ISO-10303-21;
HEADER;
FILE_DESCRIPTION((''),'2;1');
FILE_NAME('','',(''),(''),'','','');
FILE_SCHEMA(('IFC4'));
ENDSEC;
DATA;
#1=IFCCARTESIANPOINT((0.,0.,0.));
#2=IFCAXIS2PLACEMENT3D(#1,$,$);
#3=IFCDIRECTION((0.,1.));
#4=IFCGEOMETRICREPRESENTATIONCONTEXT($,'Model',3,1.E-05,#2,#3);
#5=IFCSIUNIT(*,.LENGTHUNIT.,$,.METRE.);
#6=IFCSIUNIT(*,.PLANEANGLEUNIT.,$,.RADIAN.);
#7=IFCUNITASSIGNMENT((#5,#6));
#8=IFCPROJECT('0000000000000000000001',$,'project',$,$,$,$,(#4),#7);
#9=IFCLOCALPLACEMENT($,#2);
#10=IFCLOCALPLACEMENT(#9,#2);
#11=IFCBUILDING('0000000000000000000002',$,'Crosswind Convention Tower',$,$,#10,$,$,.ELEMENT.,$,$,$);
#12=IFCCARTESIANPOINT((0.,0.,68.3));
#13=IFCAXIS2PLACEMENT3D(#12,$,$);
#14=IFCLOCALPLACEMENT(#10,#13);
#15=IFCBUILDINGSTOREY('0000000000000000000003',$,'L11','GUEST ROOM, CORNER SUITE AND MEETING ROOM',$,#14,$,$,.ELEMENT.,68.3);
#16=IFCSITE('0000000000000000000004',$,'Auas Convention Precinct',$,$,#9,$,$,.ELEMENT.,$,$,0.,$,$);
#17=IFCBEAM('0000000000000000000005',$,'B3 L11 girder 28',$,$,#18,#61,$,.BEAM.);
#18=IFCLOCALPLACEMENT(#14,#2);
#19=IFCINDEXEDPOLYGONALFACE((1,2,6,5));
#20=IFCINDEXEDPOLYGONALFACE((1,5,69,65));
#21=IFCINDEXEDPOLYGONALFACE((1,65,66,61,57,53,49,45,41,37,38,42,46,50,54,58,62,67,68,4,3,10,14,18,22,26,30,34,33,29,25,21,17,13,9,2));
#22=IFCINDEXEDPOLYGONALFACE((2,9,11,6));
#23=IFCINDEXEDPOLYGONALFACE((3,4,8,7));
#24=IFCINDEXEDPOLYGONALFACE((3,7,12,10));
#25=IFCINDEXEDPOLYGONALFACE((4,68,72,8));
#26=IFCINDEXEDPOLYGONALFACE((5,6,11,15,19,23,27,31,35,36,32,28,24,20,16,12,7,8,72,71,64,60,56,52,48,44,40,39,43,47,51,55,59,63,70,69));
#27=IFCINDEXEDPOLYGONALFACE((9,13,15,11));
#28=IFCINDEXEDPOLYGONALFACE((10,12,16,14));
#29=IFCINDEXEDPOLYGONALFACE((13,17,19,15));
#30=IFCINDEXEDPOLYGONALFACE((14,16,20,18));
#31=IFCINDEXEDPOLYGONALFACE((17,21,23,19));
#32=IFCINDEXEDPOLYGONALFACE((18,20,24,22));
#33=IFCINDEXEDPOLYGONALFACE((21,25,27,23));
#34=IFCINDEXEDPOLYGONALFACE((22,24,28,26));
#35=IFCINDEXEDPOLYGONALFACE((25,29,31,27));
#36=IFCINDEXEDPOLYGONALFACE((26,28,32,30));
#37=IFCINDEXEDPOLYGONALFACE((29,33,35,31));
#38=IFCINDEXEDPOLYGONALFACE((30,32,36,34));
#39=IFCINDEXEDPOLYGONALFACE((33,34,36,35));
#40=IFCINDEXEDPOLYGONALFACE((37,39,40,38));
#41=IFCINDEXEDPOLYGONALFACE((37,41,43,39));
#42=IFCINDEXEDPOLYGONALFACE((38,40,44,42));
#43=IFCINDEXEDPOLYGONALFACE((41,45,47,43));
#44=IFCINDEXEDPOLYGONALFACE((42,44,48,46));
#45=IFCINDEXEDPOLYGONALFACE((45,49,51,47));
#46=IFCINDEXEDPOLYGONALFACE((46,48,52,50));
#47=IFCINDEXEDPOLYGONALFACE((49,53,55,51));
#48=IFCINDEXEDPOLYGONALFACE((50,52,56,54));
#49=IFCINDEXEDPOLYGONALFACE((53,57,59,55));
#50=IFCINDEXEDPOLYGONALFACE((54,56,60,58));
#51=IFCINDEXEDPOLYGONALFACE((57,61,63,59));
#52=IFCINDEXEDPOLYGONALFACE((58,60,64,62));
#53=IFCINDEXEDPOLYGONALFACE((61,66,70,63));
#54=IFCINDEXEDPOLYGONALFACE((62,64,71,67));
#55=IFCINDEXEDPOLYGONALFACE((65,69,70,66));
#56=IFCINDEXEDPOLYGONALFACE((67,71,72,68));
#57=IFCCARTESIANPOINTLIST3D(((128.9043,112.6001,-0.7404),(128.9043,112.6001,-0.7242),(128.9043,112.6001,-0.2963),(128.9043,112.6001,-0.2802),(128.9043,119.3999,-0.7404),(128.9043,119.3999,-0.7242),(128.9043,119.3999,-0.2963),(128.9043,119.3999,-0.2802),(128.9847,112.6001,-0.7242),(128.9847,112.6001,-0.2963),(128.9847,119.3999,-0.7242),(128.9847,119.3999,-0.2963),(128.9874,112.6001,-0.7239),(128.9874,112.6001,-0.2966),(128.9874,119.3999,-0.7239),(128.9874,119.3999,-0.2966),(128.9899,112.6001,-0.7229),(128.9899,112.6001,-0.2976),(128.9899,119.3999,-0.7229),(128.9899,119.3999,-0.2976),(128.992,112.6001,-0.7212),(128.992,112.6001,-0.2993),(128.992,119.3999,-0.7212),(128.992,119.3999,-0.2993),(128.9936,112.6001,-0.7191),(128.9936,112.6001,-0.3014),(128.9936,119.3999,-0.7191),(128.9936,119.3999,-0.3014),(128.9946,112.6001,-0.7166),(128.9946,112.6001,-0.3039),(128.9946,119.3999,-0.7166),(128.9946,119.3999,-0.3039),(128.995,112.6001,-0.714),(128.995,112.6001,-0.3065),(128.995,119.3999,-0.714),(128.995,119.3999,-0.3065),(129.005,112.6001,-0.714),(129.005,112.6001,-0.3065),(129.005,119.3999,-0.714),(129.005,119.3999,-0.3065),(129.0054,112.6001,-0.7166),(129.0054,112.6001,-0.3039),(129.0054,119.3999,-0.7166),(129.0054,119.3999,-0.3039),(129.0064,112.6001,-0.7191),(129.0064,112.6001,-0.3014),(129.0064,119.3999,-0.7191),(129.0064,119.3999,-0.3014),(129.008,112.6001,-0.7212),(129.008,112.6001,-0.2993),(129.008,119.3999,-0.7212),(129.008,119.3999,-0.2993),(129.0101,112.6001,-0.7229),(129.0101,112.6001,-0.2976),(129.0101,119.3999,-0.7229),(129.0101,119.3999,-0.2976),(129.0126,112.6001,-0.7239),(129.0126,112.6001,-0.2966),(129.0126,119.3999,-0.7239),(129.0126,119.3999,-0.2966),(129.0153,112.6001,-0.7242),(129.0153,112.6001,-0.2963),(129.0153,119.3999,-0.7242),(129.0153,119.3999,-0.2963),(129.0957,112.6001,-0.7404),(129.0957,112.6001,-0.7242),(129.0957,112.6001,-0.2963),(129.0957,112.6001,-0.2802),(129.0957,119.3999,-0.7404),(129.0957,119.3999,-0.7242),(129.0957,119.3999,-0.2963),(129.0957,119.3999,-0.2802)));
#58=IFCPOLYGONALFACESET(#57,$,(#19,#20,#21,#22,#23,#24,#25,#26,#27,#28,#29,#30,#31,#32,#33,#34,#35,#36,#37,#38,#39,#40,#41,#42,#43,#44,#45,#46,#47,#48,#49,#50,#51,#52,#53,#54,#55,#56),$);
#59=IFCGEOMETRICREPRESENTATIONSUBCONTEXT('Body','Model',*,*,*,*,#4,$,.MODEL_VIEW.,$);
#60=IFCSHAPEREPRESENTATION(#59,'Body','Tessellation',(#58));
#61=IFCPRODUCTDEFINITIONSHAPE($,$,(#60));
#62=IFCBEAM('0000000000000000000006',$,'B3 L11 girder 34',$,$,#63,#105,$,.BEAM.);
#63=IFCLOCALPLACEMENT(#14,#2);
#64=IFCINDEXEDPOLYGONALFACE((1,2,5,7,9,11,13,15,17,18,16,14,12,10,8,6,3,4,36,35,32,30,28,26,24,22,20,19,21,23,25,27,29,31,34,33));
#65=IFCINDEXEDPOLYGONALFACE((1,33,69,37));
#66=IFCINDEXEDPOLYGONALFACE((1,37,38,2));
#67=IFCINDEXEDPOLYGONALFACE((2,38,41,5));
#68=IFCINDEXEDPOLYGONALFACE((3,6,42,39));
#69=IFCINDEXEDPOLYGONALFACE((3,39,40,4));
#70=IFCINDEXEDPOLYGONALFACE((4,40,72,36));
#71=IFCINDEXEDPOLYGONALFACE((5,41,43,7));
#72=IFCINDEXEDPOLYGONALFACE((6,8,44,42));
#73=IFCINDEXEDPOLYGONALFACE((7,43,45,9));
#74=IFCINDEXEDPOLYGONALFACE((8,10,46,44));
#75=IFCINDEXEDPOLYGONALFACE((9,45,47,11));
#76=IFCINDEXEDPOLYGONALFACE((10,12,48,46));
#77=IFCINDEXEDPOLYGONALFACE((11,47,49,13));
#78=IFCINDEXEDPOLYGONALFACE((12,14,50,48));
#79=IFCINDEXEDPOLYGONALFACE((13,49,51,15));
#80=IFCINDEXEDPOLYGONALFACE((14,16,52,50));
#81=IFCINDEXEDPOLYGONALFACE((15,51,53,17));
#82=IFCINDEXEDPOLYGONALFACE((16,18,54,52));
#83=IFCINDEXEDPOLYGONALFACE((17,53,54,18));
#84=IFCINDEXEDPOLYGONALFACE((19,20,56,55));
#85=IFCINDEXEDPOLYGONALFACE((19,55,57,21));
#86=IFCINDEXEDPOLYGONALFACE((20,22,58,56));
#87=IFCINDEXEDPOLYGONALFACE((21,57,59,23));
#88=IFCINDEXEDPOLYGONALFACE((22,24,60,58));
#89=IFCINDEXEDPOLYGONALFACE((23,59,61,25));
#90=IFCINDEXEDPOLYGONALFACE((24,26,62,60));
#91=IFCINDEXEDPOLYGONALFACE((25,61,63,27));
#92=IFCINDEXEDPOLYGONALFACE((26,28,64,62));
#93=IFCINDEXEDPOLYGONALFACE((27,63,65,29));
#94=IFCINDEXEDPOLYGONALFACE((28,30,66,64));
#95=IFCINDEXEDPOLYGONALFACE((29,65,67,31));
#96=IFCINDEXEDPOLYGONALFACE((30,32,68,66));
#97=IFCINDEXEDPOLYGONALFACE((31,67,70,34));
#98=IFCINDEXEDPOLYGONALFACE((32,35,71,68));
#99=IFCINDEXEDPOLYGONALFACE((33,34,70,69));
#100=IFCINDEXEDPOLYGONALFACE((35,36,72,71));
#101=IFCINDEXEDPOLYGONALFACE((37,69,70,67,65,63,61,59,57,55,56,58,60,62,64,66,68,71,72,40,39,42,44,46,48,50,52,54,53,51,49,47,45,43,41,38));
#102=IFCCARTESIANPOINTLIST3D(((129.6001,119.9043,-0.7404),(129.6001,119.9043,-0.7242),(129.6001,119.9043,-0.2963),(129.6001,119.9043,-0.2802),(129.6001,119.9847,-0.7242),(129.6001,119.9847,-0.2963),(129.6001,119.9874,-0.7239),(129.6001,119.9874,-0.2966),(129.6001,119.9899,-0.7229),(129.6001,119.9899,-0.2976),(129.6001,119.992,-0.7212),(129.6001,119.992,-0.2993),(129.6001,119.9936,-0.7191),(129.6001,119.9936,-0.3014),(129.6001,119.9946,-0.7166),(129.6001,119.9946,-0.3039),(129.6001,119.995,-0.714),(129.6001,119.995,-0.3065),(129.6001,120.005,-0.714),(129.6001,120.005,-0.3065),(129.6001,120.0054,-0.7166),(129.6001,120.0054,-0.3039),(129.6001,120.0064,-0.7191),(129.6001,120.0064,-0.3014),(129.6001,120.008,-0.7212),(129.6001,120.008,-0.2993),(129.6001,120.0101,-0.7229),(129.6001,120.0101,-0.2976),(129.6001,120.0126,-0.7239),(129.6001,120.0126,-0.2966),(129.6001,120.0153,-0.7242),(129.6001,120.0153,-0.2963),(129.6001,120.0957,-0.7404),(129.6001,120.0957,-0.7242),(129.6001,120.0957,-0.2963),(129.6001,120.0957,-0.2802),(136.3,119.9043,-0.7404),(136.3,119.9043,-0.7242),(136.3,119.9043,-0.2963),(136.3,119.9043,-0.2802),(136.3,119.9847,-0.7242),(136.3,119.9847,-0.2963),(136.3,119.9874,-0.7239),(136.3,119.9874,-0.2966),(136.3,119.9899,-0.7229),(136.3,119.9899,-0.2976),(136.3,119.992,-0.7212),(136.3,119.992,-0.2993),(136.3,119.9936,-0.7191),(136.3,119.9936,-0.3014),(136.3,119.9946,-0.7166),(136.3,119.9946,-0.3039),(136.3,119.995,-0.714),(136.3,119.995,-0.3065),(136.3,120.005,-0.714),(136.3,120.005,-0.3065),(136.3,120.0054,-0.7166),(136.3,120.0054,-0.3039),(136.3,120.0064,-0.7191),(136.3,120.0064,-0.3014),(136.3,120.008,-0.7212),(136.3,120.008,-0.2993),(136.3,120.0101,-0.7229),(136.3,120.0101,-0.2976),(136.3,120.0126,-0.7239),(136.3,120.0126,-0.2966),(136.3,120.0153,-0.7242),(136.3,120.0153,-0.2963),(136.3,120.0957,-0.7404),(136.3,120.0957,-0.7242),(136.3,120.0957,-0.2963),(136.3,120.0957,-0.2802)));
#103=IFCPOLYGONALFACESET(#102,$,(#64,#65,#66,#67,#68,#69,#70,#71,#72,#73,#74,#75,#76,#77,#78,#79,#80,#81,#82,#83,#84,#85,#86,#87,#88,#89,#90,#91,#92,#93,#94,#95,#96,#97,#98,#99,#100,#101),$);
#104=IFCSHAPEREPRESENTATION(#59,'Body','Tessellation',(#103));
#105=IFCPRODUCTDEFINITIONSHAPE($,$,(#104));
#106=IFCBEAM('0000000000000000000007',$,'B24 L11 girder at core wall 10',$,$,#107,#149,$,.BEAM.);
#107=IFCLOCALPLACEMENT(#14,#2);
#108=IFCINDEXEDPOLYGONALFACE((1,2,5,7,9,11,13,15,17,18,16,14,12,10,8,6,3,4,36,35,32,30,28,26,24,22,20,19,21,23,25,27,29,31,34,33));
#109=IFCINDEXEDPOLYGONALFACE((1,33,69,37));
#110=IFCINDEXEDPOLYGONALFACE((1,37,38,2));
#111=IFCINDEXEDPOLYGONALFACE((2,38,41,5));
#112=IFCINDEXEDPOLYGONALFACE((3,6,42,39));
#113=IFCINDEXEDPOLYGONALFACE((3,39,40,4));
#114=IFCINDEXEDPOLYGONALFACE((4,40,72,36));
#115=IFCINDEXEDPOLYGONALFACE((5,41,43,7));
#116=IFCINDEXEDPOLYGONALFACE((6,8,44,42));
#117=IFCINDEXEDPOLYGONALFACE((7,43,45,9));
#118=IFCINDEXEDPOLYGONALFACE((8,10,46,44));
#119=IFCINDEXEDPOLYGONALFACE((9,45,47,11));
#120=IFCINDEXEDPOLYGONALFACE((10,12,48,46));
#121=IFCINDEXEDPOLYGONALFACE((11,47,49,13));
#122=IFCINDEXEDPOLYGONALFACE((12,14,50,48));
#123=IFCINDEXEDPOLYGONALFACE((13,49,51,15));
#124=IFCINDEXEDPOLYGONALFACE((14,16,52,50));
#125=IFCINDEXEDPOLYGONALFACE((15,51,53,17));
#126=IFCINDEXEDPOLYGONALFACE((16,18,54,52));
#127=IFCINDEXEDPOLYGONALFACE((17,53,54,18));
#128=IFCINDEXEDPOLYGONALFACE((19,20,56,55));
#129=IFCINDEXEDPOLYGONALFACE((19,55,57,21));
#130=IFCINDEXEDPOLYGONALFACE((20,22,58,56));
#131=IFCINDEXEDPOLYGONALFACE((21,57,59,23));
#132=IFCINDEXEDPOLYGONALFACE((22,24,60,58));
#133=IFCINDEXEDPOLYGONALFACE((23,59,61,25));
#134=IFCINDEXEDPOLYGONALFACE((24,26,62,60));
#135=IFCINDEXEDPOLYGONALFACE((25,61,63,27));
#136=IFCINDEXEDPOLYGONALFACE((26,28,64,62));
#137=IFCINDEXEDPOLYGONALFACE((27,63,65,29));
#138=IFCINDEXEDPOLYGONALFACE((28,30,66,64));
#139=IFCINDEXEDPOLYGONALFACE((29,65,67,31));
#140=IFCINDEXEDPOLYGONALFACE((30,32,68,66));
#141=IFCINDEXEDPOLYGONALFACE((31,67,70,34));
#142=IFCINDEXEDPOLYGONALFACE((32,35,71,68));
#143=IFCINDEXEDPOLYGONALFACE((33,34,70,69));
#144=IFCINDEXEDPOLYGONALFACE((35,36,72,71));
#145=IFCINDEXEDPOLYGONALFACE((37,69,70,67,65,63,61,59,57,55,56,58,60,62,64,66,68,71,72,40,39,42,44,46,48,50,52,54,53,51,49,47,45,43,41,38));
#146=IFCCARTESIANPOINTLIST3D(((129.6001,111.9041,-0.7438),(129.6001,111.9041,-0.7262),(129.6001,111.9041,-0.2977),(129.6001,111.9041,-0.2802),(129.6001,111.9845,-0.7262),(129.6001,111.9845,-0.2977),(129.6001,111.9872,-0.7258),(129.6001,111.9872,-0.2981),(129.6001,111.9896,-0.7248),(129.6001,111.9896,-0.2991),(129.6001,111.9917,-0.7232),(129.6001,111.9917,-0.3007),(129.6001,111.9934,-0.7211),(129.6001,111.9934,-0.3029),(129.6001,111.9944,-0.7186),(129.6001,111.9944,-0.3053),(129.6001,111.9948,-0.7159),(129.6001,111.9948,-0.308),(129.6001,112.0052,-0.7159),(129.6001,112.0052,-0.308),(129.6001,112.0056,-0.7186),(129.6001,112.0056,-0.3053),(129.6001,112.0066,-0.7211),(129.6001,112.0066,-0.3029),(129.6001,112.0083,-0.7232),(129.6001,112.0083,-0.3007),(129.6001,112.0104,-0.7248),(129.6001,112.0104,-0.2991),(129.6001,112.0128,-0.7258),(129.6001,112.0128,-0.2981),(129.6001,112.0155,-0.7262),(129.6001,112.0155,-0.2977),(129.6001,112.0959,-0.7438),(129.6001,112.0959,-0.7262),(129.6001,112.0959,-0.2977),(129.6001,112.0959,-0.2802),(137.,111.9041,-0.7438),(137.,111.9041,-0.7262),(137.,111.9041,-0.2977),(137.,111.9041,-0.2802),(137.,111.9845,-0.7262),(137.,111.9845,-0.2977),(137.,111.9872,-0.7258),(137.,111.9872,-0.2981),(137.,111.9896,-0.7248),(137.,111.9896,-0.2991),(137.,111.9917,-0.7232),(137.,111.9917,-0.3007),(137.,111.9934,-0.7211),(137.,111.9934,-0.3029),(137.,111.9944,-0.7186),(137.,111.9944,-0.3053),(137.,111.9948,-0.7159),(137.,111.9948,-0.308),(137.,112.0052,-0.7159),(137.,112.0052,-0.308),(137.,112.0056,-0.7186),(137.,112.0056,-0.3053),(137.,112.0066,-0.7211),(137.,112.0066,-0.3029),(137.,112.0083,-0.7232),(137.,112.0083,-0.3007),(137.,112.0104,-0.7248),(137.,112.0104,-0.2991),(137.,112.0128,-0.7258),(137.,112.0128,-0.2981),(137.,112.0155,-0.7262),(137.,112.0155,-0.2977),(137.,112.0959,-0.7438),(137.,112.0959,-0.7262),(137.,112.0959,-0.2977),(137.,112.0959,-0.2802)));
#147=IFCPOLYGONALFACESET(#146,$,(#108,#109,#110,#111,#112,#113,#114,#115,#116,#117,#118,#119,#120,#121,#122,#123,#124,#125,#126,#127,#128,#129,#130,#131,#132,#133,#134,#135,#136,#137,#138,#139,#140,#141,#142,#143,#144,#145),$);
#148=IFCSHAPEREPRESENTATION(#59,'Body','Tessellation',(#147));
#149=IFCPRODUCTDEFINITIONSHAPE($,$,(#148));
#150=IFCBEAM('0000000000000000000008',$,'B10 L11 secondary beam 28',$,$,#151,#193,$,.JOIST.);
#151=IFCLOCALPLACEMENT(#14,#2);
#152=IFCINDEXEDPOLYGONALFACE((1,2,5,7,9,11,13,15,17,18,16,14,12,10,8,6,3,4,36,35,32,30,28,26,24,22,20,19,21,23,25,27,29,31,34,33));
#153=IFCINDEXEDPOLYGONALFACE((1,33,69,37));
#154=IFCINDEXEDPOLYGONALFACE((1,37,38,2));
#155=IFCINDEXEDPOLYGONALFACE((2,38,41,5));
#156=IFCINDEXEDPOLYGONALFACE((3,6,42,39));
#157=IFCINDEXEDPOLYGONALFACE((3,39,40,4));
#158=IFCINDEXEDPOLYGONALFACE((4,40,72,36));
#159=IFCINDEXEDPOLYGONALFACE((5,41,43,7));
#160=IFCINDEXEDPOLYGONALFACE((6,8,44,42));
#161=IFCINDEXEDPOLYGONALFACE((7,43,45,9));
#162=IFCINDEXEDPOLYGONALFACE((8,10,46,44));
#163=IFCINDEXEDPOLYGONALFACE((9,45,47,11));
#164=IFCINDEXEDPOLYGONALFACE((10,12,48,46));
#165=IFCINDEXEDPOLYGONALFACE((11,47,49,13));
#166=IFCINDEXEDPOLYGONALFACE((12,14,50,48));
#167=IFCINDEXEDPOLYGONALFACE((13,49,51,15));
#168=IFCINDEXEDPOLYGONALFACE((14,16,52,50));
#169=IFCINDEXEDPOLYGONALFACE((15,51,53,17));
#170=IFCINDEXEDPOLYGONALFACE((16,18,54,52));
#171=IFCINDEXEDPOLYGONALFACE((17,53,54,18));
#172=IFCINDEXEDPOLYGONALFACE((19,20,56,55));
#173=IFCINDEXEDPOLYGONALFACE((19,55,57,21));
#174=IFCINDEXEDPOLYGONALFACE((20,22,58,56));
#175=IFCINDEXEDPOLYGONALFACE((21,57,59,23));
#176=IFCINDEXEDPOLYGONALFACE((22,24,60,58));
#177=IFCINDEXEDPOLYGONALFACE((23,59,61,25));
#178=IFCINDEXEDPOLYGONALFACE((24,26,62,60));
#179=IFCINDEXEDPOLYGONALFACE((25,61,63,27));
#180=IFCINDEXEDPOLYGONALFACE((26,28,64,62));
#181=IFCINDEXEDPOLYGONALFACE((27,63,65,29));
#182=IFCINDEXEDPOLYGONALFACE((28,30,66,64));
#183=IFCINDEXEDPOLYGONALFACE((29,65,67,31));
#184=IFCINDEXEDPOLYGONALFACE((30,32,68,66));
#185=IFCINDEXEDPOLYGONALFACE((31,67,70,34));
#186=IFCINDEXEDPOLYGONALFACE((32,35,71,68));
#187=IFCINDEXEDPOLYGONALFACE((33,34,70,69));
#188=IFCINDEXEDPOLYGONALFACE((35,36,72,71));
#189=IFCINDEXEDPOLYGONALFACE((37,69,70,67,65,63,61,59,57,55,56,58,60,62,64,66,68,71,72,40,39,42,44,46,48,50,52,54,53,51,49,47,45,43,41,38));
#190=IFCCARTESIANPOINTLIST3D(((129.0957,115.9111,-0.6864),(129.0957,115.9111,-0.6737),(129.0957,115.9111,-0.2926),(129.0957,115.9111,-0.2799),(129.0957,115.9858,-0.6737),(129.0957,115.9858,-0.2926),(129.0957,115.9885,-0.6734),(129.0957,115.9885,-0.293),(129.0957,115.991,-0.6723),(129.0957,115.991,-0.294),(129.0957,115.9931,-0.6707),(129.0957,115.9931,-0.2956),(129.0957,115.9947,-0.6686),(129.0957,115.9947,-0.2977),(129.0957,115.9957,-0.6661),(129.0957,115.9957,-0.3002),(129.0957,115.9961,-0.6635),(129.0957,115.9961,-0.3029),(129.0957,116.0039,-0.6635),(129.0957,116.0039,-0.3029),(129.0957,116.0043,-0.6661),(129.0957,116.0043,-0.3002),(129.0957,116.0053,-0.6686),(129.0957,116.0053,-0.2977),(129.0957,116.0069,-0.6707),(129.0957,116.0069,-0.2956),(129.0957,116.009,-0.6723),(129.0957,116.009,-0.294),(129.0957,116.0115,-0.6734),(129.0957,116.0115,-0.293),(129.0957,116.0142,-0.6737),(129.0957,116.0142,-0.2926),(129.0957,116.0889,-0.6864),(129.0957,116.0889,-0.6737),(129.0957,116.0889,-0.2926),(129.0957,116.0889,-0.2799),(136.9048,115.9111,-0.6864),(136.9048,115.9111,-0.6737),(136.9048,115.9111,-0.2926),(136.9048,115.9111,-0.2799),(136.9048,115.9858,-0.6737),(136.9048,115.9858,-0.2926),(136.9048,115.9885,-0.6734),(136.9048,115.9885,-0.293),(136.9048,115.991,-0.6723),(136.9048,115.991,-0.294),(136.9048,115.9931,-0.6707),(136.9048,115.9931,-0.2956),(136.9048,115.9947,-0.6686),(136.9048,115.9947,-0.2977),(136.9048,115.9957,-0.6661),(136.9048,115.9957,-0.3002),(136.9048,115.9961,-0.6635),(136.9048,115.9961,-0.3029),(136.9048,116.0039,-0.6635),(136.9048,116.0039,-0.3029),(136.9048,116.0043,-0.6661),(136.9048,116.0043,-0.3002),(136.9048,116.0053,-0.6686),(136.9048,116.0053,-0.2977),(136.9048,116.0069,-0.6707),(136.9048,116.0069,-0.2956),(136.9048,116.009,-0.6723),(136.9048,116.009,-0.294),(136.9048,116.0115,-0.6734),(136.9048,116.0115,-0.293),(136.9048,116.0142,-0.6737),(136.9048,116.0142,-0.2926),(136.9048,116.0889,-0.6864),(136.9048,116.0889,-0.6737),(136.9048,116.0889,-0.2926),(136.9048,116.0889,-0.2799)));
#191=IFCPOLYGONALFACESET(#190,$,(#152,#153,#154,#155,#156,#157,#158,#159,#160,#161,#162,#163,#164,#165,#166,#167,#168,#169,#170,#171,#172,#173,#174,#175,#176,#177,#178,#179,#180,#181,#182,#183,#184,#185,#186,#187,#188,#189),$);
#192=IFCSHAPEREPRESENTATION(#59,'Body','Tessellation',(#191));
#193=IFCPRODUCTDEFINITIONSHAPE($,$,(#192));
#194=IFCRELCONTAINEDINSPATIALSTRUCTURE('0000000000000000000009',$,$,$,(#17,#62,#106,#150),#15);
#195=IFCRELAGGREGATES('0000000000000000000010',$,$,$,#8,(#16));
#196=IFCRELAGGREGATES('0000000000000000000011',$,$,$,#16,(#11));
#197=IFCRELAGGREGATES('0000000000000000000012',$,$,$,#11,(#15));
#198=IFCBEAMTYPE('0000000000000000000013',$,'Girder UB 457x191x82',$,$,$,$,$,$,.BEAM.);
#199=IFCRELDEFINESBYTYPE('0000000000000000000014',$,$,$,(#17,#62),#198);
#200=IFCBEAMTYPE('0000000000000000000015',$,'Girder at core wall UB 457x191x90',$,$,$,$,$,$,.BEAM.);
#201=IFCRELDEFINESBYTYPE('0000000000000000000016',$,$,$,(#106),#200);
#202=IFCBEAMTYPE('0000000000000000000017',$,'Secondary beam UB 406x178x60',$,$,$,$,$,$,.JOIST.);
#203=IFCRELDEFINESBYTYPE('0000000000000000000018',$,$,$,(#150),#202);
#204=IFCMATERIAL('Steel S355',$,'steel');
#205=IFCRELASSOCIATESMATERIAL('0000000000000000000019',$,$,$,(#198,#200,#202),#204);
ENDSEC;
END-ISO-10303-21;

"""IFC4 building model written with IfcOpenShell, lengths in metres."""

from ifc_helpers import new_model, si_unit, direction, frame, origin, origin_2d, place, context, subcontext, project, spatial, i_section, extrude, material, material_profile, profile_set, type_object, element, save


model = new_model("IFC4")

# Units and contexts
model_context = context("Model", 3, precision=1e-05, world=origin(), true_north=direction((0.0, 1.0)))
body_context = subcontext(model_context, "Body", "Model", "MODEL_VIEW")
ifc_project = project(units=[si_unit("LENGTHUNIT", "METRE"), si_unit("PLANEANGLEUNIT", "RADIAN")], contexts=[model_context])

# Site, building, storey
site_placement = place(None, origin())
site = spatial("IfcSite", under=ifc_project, at=site_placement, Name="Auas Convention Precinct", CompositionType="ELEMENT", RefElevation=0.0)
building_placement = place(site_placement, origin())
building = spatial("IfcBuilding", under=site, at=building_placement, Name="Crosswind Convention Tower", CompositionType="ELEMENT")
storey_placement = place(building_placement, frame((0.0, 0.0, 68.3)))
storey = spatial("IfcBuildingStorey", under=building, at=storey_placement, Name="L11", Description="GUEST ROOM, CORNER SUITE AND MEETING ROOM", CompositionType="ELEMENT", Elevation=68.3)

# Beams
ifc_material_1 = material(Name="Steel S355", Category="steel")
ifc_material_profile_1 = material_profile(ifc_material_1, i_section(OverallWidth=0.1914, OverallDepth=0.4602, WebThickness=0.01, FlangeThickness=0.0161, FilletRadius=0.0103, at=origin_2d()), Name="UB 457x191x82")
ifc_profile_set_1 = profile_set([ifc_material_profile_1], Name="Steel S355")
beam_type_1 = type_object("IfcBeamType", Name="Girder UB 457x191x82", PredefinedType="BEAM", material=ifc_profile_set_1)
for number, where, z_axis, x_axis, name in (
    (1, (129.0, 112.6001, -0.5103), (0.0, 1.0, 0.0), (-1.0, 0.0, 0.0), "B3 L11 girder 28"),
):
    element("IfcBeam", number, at=place(storey_placement, frame(where, z_axis=z_axis, x_axis=x_axis)), inside=storey, type_object=beam_type_1, Name=name, PredefinedType="BEAM", context=body_context, shape_type="SweptSolid", body=[
        extrude(i_section(OverallWidth=0.1914, OverallDepth=0.4602, WebThickness=0.01, FlangeThickness=0.0161, FilletRadius=0.0103, at=origin_2d()), origin(), (0.0, 0.0, 1.0), 6.7998),
    ])
beam_1_placement = place(storey_placement, frame((129.6001, 120.0, -0.5103), z_axis=(1.0, 0.0, 0.0), x_axis=(0.0, 1.0, 0.0)))
element("IfcBeam", 2, at=beam_1_placement, inside=storey, type_object=beam_type_1, Name="B3 L11 girder 34", PredefinedType="BEAM", context=body_context, shape_type="SweptSolid", body=[
    extrude(i_section(OverallWidth=0.1914, OverallDepth=0.4602, WebThickness=0.01, FlangeThickness=0.0161, FilletRadius=0.0103, at=origin_2d()), origin(), (0.0, 0.0, 1.0), 6.7),
])
ifc_material_profile_2 = material_profile(ifc_material_1, i_section(OverallWidth=0.1919, OverallDepth=0.4636, WebThickness=0.0105, FlangeThickness=0.0176, FilletRadius=0.0103, at=origin_2d()), Name="UB 457x191x90")
ifc_profile_set_2 = profile_set([ifc_material_profile_2], Name="Steel S355")
beam_type_2 = type_object("IfcBeamType", Name="Girder at core wall UB 457x191x90", PredefinedType="BEAM", material=ifc_profile_set_2)
beam_2_placement = place(storey_placement, frame((129.6001, 112.0, -0.512), z_axis=(1.0, 0.0, 0.0), x_axis=(0.0, 1.0, 0.0)))
element("IfcBeam", 3, at=beam_2_placement, inside=storey, type_object=beam_type_2, Name="B24 L11 girder at core wall 10", PredefinedType="BEAM", context=body_context, shape_type="SweptSolid", body=[
    extrude(i_section(OverallWidth=0.1919, OverallDepth=0.4636, WebThickness=0.0105, FlangeThickness=0.0176, FilletRadius=0.0103, at=origin_2d()), origin(), (0.0, 0.0, 1.0), 7.3999),
])
ifc_material_profile_3 = material_profile(ifc_material_1, i_section(OverallWidth=0.1777, OverallDepth=0.4065, WebThickness=0.0078, FlangeThickness=0.0127, FilletRadius=0.0103, at=origin_2d()), Name="UB 406x178x60")
ifc_profile_set_3 = profile_set([ifc_material_profile_3], Name="Steel S355")
beam_type_3 = type_object("IfcBeamType", Name="Secondary beam UB 406x178x60", PredefinedType="JOIST", material=ifc_profile_set_3)
beam_3_placement = place(storey_placement, frame((129.0957, 116.0, -0.4832), z_axis=(1.0, 0.0, 0.0), x_axis=(0.0, 1.0, 0.0)))
element("IfcBeam", 4, at=beam_3_placement, inside=storey, type_object=beam_type_3, Name="B10 L11 secondary beam 28", PredefinedType="JOIST", context=body_context, shape_type="SweptSolid", body=[
    extrude(i_section(OverallWidth=0.1777, OverallDepth=0.4065, WebThickness=0.0078, FlangeThickness=0.0127, FilletRadius=0.0103, at=origin_2d()), origin(), (0.0, 0.0, 1.0), 7.8091),
])

save(model, "model.ifc")
